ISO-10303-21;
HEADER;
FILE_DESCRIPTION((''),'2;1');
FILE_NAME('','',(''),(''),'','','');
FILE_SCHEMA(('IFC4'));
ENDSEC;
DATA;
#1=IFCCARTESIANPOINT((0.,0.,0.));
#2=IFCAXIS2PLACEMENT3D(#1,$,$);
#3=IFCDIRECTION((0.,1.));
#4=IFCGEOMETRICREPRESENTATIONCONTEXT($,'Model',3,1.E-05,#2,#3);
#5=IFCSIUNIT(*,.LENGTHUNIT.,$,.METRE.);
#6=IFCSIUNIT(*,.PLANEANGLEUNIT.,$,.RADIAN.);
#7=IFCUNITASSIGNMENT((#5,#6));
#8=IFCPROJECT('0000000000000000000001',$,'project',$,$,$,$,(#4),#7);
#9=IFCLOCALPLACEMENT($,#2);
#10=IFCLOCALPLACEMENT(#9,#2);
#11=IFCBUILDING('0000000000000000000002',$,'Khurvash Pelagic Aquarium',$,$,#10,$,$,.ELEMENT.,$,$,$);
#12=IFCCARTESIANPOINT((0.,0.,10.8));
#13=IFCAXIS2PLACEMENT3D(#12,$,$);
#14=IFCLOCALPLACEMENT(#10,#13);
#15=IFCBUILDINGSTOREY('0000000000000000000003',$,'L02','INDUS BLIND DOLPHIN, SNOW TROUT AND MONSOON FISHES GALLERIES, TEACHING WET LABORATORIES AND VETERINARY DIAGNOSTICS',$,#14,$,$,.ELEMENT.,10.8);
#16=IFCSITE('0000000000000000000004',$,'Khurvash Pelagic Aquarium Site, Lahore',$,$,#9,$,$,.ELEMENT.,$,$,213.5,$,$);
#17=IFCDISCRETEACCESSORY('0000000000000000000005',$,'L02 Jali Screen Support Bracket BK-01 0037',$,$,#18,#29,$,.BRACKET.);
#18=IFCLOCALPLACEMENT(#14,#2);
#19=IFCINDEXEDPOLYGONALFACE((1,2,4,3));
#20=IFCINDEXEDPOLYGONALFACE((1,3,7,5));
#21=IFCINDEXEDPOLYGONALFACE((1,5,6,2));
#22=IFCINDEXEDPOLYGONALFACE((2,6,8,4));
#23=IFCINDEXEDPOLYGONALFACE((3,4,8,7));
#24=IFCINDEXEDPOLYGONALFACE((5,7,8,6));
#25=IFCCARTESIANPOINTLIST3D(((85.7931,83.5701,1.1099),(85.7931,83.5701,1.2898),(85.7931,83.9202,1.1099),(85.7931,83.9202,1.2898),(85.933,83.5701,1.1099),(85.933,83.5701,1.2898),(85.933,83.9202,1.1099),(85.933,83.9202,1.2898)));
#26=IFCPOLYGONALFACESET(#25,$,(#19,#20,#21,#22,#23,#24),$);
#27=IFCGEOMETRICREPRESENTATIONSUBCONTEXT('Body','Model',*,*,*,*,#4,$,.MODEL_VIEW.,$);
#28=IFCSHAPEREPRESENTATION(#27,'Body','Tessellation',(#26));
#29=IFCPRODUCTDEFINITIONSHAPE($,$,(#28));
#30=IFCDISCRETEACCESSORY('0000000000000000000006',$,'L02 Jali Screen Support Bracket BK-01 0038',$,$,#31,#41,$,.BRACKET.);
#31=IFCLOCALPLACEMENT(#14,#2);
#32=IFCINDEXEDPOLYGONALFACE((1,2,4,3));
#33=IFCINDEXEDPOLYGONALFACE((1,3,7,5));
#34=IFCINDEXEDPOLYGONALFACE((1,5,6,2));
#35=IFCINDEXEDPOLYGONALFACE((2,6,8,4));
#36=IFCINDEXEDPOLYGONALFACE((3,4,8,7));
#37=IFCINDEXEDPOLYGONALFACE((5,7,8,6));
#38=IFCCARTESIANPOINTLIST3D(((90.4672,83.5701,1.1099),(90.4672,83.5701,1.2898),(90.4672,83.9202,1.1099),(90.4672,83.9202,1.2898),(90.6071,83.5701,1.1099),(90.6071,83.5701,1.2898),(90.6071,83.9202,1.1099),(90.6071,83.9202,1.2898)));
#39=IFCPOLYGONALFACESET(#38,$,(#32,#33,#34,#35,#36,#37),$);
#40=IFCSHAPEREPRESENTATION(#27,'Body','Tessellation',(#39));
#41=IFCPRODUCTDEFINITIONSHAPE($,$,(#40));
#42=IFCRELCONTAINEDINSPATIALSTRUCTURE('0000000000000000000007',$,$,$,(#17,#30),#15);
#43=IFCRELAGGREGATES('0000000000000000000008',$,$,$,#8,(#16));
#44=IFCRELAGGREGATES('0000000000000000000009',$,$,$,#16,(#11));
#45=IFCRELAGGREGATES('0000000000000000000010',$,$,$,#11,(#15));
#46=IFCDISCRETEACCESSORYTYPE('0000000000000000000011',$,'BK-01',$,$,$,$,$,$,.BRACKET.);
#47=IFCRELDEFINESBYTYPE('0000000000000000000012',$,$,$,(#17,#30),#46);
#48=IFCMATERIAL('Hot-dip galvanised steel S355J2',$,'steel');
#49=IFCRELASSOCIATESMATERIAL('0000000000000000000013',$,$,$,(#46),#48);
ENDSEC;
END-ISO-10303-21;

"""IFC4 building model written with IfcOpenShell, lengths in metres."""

from ifc_helpers import new_model, si_unit, direction, frame, origin, origin_2d, place, context, subcontext, project, spatial, rectangle, extrude, material, type_object, element, save


model = new_model("IFC4")

# Units and contexts
model_context = context("Model", 3, precision=1e-05, world=origin(), true_north=direction((0.0, 1.0)))
body_context = subcontext(model_context, "Body", "Model", "MODEL_VIEW")
ifc_project = project(units=[si_unit("LENGTHUNIT", "METRE"), si_unit("PLANEANGLEUNIT", "RADIAN")], contexts=[model_context])

# Site, building, storey
site_placement = place(None, origin())
site = spatial("IfcSite", under=ifc_project, at=site_placement, Name="Khurvash Pelagic Aquarium Site, Lahore", CompositionType="ELEMENT", RefElevation=213.5)
building_placement = place(site_placement, origin())
building = spatial("IfcBuilding", under=site, at=building_placement, Name="Khurvash Pelagic Aquarium", CompositionType="ELEMENT")
storey_placement = place(building_placement, frame((0.0, 0.0, 10.8)))
storey = spatial("IfcBuildingStorey", under=building, at=storey_placement, Name="L02", Description="INDUS BLIND DOLPHIN, SNOW TROUT AND MONSOON FISHES GALLERIES, TEACHING WET LABORATORIES AND VETERINARY DIAGNOSTICS", CompositionType="ELEMENT", Elevation=10.8)

# Discrete accessories
ifc_material_1 = material(Name="Hot-dip galvanised steel S355J2", Category="steel")
discrete_accessory_type = type_object("IfcDiscreteAccessoryType", Name="BK-01", PredefinedType="BRACKET", material=ifc_material_1)
for number, where, z_axis, x_axis, name in (
    (1, (85.863, 83.7451, 1.1099), (0.0, 0.0, 1.0), (1.0, 0.0, 0.0), "L02 Jali Screen Support Bracket BK-01 0037"),
    (2, (90.5371, 83.7451, 1.1099), (0.0, 0.0, 1.0), (1.0, 0.0, 0.0), "L02 Jali Screen Support Bracket BK-01 0038"),
):
    element("IfcDiscreteAccessory", number, at=place(storey_placement, frame(where, z_axis=z_axis, x_axis=x_axis)), inside=storey, type_object=discrete_accessory_type, Name=name, PredefinedType="BRACKET", context=body_context, shape_type="SweptSolid", body=[
        extrude(rectangle(XDim=0.1399, YDim=0.3501, at=origin_2d()), origin(), (0.0, 0.0, 1.0), 0.1799),
    ])

save(model, "model.ifc")
